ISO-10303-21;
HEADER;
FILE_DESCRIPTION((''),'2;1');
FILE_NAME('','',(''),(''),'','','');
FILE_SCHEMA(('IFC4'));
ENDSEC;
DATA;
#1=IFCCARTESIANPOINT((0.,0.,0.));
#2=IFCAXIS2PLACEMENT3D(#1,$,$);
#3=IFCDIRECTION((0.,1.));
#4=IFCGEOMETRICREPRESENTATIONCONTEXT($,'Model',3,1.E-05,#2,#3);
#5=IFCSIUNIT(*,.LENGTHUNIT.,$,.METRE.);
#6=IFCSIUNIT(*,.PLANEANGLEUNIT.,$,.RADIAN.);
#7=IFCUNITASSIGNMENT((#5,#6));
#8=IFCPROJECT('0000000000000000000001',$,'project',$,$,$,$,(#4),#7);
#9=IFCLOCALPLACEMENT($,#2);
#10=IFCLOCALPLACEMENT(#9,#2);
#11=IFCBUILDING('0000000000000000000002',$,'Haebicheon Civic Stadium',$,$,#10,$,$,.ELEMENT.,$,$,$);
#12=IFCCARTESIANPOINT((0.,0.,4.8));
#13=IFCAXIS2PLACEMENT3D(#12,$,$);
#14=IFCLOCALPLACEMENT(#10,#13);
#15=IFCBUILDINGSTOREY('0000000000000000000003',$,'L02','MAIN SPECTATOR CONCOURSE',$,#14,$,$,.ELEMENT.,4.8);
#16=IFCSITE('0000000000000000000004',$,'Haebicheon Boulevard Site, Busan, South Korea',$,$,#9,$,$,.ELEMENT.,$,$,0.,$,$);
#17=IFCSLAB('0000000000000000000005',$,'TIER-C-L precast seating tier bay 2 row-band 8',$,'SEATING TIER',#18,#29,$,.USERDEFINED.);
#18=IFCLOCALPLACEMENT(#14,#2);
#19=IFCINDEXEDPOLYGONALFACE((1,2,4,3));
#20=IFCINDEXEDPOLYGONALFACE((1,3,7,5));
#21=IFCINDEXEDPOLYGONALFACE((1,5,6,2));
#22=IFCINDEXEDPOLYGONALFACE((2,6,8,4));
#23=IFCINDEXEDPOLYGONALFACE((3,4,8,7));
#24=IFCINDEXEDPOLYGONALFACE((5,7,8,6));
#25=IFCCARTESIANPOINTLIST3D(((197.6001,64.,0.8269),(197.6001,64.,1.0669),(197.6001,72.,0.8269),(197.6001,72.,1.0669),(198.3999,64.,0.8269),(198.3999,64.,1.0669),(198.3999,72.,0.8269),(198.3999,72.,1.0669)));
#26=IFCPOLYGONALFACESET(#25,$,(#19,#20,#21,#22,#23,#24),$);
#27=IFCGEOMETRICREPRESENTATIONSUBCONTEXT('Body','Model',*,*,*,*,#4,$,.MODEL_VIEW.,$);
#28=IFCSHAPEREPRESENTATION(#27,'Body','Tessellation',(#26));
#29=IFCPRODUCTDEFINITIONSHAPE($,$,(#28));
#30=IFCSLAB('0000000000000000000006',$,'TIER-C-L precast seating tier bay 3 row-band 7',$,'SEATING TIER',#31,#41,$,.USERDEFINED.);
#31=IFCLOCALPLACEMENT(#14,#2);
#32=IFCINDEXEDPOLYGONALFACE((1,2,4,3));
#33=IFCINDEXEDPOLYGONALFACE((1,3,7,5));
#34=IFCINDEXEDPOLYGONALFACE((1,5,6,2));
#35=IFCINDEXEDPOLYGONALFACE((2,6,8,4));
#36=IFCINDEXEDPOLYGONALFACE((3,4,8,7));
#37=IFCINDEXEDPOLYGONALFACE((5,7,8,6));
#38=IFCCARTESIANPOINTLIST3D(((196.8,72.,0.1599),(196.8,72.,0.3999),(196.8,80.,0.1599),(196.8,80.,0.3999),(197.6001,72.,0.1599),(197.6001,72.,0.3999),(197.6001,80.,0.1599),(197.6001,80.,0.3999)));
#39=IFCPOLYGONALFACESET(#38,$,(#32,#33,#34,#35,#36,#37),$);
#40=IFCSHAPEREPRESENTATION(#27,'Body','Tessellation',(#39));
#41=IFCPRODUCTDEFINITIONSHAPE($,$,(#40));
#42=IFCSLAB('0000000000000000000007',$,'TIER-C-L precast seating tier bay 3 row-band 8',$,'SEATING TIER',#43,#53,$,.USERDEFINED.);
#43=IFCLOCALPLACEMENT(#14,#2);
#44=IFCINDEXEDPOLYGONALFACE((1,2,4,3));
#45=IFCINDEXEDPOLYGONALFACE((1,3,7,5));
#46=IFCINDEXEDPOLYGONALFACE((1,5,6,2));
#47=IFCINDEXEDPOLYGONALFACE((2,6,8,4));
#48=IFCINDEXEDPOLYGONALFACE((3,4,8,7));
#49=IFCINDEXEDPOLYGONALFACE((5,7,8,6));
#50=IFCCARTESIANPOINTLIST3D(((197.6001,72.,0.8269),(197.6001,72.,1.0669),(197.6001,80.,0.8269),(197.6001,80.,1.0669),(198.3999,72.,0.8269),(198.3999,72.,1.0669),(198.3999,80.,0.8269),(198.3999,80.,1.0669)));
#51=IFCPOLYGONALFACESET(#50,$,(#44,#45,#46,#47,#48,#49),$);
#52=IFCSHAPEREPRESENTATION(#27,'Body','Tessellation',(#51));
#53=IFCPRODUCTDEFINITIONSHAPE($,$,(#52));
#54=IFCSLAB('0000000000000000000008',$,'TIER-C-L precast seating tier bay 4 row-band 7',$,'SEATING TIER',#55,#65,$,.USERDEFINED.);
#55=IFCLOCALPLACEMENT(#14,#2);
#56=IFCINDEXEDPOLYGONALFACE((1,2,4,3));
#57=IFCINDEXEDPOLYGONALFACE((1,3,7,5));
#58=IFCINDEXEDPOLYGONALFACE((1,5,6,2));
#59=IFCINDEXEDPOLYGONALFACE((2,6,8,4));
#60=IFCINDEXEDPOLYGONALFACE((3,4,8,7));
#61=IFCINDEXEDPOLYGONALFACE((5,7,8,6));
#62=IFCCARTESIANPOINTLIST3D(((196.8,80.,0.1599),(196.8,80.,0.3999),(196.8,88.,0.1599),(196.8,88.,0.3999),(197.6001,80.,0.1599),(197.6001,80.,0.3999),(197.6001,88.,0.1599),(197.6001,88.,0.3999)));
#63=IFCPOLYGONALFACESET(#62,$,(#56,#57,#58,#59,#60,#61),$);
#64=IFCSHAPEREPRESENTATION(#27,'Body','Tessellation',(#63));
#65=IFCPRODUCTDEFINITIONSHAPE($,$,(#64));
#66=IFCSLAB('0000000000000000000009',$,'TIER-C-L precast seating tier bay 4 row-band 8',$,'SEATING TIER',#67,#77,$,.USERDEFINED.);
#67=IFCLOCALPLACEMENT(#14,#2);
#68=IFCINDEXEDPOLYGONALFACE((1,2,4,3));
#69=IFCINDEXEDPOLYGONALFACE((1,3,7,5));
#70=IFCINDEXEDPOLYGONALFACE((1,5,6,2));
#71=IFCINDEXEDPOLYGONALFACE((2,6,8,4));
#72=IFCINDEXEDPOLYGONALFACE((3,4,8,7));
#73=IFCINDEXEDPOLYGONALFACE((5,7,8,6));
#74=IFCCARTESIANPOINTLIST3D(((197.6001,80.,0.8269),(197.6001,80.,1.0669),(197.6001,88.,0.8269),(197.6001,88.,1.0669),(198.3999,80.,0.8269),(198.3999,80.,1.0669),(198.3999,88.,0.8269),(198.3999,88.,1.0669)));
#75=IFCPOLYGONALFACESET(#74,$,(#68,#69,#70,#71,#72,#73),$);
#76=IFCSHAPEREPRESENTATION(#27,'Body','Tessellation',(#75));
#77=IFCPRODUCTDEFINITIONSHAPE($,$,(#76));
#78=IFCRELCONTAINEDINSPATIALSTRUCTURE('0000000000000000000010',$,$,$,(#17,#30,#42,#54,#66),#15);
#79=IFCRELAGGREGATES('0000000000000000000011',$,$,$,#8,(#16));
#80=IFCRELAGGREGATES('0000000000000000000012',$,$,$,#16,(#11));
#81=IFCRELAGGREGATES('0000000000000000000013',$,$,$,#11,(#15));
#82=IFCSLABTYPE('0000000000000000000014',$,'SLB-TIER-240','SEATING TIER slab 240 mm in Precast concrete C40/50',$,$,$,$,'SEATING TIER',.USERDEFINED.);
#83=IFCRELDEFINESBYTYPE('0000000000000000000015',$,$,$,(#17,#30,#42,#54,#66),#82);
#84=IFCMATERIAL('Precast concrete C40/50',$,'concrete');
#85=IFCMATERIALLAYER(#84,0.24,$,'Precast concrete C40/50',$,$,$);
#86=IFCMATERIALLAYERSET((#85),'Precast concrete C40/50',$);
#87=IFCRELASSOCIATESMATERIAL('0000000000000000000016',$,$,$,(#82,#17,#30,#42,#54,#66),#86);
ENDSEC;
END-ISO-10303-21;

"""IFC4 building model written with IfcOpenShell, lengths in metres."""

from ifc_helpers import new_model, si_unit, direction, frame, origin, place, context, subcontext, project, spatial, polyline, outline, extrude, material, layer, layer_set, type_object, element, save


model = new_model("IFC4")

# Units and contexts
model_context = context("Model", 3, precision=1e-05, world=origin(), true_north=direction((0.0, 1.0)))
body_context = subcontext(model_context, "Body", "Model", "MODEL_VIEW")
ifc_project = project(units=[si_unit("LENGTHUNIT", "METRE"), si_unit("PLANEANGLEUNIT", "RADIAN")], contexts=[model_context])

# Site, building, storey
site_placement = place(None, origin())
site = spatial("IfcSite", under=ifc_project, at=site_placement, Name="Haebicheon Boulevard Site, Busan, South Korea", CompositionType="ELEMENT", RefElevation=0.0)
building_placement = place(site_placement, origin())
building = spatial("IfcBuilding", under=site, at=building_placement, Name="Haebicheon Civic Stadium", CompositionType="ELEMENT")
storey_placement = place(building_placement, frame((0.0, 0.0, 4.8)))
storey = spatial("IfcBuildingStorey", under=building, at=storey_placement, Name="L02", Description="MAIN SPECTATOR CONCOURSE", CompositionType="ELEMENT", Elevation=4.8)

# Slabs
ifc_material = material(Name="Precast concrete C40/50", Category="concrete")
ifc_layer = layer(ifc_material, 0.24, Name="Precast concrete C40/50")
ifc_layer_set = layer_set([ifc_layer], Name="Precast concrete C40/50")
slab_type = type_object("IfcSlabType", Name="SLB-TIER-240", Description="SEATING TIER slab 240 mm in Precast concrete C40/50", ElementType="SEATING TIER", PredefinedType="USERDEFINED", material=ifc_layer_set)
slab_1_placement = place(storey_placement, frame((0.0, 0.0, 0.8269)))
element("IfcSlab", 1, at=slab_1_placement, inside=storey, type_object=slab_type, material=ifc_layer_set, Name="TIER-C-L precast seating tier bay 2 row-band 8", ObjectType="SEATING TIER", PredefinedType="USERDEFINED", context=body_context, shape_type="SweptSolid", body=[
    extrude(outline(polyline([(197.6001, 64.0), (198.3999, 64.0), (198.3999, 72.0), (197.6001, 72.0), (197.6001, 64.0)])), origin(), (0.0, 0.0, 1.0), 0.24),
])
slab_2_placement = place(storey_placement, frame((0.0, 0.0, 0.1599)))
element("IfcSlab", 2, at=slab_2_placement, inside=storey, type_object=slab_type, material=ifc_layer_set, Name="TIER-C-L precast seating tier bay 3 row-band 7", ObjectType="SEATING TIER", PredefinedType="USERDEFINED", context=body_context, shape_type="SweptSolid", body=[
    extrude(outline(polyline([(196.8, 72.0), (197.6001, 72.0), (197.6001, 80.0), (196.8, 80.0), (196.8, 72.0)])), origin(), (0.0, 0.0, 1.0), 0.24),
])
slab_3_placement = place(storey_placement, frame((0.0, 0.0, 0.8269)))
element("IfcSlab", 3, at=slab_3_placement, inside=storey, type_object=slab_type, material=ifc_layer_set, Name="TIER-C-L precast seating tier bay 3 row-band 8", ObjectType="SEATING TIER", PredefinedType="USERDEFINED", context=body_context, shape_type="SweptSolid", body=[
    extrude(outline(polyline([(197.6001, 72.0), (198.3999, 72.0), (198.3999, 80.0), (197.6001, 80.0), (197.6001, 72.0)])), origin(), (0.0, 0.0, 1.0), 0.24),
])
slab_4_placement = place(storey_placement, frame((0.0, 0.0, 0.1599)))
element("IfcSlab", 4, at=slab_4_placement, inside=storey, type_object=slab_type, material=ifc_layer_set, Name="TIER-C-L precast seating tier bay 4 row-band 7", ObjectType="SEATING TIER", PredefinedType="USERDEFINED", context=body_context, shape_type="SweptSolid", body=[
    extrude(outline(polyline([(196.8, 80.0), (197.6001, 80.0), (197.6001, 88.0), (196.8, 88.0), (196.8, 80.0)])), origin(), (0.0, 0.0, 1.0), 0.24),
])
slab_5_placement = place(storey_placement, frame((0.0, 0.0, 0.8269)))
element("IfcSlab", 5, at=slab_5_placement, inside=storey, type_object=slab_type, material=ifc_layer_set, Name="TIER-C-L precast seating tier bay 4 row-band 8", ObjectType="SEATING TIER", PredefinedType="USERDEFINED", context=body_context, shape_type="SweptSolid", body=[
    extrude(outline(polyline([(197.6001, 80.0), (198.3999, 80.0), (198.3999, 88.0), (197.6001, 88.0), (197.6001, 80.0)])), origin(), (0.0, 0.0, 1.0), 0.24),
])

save(model, "model.ifc")
